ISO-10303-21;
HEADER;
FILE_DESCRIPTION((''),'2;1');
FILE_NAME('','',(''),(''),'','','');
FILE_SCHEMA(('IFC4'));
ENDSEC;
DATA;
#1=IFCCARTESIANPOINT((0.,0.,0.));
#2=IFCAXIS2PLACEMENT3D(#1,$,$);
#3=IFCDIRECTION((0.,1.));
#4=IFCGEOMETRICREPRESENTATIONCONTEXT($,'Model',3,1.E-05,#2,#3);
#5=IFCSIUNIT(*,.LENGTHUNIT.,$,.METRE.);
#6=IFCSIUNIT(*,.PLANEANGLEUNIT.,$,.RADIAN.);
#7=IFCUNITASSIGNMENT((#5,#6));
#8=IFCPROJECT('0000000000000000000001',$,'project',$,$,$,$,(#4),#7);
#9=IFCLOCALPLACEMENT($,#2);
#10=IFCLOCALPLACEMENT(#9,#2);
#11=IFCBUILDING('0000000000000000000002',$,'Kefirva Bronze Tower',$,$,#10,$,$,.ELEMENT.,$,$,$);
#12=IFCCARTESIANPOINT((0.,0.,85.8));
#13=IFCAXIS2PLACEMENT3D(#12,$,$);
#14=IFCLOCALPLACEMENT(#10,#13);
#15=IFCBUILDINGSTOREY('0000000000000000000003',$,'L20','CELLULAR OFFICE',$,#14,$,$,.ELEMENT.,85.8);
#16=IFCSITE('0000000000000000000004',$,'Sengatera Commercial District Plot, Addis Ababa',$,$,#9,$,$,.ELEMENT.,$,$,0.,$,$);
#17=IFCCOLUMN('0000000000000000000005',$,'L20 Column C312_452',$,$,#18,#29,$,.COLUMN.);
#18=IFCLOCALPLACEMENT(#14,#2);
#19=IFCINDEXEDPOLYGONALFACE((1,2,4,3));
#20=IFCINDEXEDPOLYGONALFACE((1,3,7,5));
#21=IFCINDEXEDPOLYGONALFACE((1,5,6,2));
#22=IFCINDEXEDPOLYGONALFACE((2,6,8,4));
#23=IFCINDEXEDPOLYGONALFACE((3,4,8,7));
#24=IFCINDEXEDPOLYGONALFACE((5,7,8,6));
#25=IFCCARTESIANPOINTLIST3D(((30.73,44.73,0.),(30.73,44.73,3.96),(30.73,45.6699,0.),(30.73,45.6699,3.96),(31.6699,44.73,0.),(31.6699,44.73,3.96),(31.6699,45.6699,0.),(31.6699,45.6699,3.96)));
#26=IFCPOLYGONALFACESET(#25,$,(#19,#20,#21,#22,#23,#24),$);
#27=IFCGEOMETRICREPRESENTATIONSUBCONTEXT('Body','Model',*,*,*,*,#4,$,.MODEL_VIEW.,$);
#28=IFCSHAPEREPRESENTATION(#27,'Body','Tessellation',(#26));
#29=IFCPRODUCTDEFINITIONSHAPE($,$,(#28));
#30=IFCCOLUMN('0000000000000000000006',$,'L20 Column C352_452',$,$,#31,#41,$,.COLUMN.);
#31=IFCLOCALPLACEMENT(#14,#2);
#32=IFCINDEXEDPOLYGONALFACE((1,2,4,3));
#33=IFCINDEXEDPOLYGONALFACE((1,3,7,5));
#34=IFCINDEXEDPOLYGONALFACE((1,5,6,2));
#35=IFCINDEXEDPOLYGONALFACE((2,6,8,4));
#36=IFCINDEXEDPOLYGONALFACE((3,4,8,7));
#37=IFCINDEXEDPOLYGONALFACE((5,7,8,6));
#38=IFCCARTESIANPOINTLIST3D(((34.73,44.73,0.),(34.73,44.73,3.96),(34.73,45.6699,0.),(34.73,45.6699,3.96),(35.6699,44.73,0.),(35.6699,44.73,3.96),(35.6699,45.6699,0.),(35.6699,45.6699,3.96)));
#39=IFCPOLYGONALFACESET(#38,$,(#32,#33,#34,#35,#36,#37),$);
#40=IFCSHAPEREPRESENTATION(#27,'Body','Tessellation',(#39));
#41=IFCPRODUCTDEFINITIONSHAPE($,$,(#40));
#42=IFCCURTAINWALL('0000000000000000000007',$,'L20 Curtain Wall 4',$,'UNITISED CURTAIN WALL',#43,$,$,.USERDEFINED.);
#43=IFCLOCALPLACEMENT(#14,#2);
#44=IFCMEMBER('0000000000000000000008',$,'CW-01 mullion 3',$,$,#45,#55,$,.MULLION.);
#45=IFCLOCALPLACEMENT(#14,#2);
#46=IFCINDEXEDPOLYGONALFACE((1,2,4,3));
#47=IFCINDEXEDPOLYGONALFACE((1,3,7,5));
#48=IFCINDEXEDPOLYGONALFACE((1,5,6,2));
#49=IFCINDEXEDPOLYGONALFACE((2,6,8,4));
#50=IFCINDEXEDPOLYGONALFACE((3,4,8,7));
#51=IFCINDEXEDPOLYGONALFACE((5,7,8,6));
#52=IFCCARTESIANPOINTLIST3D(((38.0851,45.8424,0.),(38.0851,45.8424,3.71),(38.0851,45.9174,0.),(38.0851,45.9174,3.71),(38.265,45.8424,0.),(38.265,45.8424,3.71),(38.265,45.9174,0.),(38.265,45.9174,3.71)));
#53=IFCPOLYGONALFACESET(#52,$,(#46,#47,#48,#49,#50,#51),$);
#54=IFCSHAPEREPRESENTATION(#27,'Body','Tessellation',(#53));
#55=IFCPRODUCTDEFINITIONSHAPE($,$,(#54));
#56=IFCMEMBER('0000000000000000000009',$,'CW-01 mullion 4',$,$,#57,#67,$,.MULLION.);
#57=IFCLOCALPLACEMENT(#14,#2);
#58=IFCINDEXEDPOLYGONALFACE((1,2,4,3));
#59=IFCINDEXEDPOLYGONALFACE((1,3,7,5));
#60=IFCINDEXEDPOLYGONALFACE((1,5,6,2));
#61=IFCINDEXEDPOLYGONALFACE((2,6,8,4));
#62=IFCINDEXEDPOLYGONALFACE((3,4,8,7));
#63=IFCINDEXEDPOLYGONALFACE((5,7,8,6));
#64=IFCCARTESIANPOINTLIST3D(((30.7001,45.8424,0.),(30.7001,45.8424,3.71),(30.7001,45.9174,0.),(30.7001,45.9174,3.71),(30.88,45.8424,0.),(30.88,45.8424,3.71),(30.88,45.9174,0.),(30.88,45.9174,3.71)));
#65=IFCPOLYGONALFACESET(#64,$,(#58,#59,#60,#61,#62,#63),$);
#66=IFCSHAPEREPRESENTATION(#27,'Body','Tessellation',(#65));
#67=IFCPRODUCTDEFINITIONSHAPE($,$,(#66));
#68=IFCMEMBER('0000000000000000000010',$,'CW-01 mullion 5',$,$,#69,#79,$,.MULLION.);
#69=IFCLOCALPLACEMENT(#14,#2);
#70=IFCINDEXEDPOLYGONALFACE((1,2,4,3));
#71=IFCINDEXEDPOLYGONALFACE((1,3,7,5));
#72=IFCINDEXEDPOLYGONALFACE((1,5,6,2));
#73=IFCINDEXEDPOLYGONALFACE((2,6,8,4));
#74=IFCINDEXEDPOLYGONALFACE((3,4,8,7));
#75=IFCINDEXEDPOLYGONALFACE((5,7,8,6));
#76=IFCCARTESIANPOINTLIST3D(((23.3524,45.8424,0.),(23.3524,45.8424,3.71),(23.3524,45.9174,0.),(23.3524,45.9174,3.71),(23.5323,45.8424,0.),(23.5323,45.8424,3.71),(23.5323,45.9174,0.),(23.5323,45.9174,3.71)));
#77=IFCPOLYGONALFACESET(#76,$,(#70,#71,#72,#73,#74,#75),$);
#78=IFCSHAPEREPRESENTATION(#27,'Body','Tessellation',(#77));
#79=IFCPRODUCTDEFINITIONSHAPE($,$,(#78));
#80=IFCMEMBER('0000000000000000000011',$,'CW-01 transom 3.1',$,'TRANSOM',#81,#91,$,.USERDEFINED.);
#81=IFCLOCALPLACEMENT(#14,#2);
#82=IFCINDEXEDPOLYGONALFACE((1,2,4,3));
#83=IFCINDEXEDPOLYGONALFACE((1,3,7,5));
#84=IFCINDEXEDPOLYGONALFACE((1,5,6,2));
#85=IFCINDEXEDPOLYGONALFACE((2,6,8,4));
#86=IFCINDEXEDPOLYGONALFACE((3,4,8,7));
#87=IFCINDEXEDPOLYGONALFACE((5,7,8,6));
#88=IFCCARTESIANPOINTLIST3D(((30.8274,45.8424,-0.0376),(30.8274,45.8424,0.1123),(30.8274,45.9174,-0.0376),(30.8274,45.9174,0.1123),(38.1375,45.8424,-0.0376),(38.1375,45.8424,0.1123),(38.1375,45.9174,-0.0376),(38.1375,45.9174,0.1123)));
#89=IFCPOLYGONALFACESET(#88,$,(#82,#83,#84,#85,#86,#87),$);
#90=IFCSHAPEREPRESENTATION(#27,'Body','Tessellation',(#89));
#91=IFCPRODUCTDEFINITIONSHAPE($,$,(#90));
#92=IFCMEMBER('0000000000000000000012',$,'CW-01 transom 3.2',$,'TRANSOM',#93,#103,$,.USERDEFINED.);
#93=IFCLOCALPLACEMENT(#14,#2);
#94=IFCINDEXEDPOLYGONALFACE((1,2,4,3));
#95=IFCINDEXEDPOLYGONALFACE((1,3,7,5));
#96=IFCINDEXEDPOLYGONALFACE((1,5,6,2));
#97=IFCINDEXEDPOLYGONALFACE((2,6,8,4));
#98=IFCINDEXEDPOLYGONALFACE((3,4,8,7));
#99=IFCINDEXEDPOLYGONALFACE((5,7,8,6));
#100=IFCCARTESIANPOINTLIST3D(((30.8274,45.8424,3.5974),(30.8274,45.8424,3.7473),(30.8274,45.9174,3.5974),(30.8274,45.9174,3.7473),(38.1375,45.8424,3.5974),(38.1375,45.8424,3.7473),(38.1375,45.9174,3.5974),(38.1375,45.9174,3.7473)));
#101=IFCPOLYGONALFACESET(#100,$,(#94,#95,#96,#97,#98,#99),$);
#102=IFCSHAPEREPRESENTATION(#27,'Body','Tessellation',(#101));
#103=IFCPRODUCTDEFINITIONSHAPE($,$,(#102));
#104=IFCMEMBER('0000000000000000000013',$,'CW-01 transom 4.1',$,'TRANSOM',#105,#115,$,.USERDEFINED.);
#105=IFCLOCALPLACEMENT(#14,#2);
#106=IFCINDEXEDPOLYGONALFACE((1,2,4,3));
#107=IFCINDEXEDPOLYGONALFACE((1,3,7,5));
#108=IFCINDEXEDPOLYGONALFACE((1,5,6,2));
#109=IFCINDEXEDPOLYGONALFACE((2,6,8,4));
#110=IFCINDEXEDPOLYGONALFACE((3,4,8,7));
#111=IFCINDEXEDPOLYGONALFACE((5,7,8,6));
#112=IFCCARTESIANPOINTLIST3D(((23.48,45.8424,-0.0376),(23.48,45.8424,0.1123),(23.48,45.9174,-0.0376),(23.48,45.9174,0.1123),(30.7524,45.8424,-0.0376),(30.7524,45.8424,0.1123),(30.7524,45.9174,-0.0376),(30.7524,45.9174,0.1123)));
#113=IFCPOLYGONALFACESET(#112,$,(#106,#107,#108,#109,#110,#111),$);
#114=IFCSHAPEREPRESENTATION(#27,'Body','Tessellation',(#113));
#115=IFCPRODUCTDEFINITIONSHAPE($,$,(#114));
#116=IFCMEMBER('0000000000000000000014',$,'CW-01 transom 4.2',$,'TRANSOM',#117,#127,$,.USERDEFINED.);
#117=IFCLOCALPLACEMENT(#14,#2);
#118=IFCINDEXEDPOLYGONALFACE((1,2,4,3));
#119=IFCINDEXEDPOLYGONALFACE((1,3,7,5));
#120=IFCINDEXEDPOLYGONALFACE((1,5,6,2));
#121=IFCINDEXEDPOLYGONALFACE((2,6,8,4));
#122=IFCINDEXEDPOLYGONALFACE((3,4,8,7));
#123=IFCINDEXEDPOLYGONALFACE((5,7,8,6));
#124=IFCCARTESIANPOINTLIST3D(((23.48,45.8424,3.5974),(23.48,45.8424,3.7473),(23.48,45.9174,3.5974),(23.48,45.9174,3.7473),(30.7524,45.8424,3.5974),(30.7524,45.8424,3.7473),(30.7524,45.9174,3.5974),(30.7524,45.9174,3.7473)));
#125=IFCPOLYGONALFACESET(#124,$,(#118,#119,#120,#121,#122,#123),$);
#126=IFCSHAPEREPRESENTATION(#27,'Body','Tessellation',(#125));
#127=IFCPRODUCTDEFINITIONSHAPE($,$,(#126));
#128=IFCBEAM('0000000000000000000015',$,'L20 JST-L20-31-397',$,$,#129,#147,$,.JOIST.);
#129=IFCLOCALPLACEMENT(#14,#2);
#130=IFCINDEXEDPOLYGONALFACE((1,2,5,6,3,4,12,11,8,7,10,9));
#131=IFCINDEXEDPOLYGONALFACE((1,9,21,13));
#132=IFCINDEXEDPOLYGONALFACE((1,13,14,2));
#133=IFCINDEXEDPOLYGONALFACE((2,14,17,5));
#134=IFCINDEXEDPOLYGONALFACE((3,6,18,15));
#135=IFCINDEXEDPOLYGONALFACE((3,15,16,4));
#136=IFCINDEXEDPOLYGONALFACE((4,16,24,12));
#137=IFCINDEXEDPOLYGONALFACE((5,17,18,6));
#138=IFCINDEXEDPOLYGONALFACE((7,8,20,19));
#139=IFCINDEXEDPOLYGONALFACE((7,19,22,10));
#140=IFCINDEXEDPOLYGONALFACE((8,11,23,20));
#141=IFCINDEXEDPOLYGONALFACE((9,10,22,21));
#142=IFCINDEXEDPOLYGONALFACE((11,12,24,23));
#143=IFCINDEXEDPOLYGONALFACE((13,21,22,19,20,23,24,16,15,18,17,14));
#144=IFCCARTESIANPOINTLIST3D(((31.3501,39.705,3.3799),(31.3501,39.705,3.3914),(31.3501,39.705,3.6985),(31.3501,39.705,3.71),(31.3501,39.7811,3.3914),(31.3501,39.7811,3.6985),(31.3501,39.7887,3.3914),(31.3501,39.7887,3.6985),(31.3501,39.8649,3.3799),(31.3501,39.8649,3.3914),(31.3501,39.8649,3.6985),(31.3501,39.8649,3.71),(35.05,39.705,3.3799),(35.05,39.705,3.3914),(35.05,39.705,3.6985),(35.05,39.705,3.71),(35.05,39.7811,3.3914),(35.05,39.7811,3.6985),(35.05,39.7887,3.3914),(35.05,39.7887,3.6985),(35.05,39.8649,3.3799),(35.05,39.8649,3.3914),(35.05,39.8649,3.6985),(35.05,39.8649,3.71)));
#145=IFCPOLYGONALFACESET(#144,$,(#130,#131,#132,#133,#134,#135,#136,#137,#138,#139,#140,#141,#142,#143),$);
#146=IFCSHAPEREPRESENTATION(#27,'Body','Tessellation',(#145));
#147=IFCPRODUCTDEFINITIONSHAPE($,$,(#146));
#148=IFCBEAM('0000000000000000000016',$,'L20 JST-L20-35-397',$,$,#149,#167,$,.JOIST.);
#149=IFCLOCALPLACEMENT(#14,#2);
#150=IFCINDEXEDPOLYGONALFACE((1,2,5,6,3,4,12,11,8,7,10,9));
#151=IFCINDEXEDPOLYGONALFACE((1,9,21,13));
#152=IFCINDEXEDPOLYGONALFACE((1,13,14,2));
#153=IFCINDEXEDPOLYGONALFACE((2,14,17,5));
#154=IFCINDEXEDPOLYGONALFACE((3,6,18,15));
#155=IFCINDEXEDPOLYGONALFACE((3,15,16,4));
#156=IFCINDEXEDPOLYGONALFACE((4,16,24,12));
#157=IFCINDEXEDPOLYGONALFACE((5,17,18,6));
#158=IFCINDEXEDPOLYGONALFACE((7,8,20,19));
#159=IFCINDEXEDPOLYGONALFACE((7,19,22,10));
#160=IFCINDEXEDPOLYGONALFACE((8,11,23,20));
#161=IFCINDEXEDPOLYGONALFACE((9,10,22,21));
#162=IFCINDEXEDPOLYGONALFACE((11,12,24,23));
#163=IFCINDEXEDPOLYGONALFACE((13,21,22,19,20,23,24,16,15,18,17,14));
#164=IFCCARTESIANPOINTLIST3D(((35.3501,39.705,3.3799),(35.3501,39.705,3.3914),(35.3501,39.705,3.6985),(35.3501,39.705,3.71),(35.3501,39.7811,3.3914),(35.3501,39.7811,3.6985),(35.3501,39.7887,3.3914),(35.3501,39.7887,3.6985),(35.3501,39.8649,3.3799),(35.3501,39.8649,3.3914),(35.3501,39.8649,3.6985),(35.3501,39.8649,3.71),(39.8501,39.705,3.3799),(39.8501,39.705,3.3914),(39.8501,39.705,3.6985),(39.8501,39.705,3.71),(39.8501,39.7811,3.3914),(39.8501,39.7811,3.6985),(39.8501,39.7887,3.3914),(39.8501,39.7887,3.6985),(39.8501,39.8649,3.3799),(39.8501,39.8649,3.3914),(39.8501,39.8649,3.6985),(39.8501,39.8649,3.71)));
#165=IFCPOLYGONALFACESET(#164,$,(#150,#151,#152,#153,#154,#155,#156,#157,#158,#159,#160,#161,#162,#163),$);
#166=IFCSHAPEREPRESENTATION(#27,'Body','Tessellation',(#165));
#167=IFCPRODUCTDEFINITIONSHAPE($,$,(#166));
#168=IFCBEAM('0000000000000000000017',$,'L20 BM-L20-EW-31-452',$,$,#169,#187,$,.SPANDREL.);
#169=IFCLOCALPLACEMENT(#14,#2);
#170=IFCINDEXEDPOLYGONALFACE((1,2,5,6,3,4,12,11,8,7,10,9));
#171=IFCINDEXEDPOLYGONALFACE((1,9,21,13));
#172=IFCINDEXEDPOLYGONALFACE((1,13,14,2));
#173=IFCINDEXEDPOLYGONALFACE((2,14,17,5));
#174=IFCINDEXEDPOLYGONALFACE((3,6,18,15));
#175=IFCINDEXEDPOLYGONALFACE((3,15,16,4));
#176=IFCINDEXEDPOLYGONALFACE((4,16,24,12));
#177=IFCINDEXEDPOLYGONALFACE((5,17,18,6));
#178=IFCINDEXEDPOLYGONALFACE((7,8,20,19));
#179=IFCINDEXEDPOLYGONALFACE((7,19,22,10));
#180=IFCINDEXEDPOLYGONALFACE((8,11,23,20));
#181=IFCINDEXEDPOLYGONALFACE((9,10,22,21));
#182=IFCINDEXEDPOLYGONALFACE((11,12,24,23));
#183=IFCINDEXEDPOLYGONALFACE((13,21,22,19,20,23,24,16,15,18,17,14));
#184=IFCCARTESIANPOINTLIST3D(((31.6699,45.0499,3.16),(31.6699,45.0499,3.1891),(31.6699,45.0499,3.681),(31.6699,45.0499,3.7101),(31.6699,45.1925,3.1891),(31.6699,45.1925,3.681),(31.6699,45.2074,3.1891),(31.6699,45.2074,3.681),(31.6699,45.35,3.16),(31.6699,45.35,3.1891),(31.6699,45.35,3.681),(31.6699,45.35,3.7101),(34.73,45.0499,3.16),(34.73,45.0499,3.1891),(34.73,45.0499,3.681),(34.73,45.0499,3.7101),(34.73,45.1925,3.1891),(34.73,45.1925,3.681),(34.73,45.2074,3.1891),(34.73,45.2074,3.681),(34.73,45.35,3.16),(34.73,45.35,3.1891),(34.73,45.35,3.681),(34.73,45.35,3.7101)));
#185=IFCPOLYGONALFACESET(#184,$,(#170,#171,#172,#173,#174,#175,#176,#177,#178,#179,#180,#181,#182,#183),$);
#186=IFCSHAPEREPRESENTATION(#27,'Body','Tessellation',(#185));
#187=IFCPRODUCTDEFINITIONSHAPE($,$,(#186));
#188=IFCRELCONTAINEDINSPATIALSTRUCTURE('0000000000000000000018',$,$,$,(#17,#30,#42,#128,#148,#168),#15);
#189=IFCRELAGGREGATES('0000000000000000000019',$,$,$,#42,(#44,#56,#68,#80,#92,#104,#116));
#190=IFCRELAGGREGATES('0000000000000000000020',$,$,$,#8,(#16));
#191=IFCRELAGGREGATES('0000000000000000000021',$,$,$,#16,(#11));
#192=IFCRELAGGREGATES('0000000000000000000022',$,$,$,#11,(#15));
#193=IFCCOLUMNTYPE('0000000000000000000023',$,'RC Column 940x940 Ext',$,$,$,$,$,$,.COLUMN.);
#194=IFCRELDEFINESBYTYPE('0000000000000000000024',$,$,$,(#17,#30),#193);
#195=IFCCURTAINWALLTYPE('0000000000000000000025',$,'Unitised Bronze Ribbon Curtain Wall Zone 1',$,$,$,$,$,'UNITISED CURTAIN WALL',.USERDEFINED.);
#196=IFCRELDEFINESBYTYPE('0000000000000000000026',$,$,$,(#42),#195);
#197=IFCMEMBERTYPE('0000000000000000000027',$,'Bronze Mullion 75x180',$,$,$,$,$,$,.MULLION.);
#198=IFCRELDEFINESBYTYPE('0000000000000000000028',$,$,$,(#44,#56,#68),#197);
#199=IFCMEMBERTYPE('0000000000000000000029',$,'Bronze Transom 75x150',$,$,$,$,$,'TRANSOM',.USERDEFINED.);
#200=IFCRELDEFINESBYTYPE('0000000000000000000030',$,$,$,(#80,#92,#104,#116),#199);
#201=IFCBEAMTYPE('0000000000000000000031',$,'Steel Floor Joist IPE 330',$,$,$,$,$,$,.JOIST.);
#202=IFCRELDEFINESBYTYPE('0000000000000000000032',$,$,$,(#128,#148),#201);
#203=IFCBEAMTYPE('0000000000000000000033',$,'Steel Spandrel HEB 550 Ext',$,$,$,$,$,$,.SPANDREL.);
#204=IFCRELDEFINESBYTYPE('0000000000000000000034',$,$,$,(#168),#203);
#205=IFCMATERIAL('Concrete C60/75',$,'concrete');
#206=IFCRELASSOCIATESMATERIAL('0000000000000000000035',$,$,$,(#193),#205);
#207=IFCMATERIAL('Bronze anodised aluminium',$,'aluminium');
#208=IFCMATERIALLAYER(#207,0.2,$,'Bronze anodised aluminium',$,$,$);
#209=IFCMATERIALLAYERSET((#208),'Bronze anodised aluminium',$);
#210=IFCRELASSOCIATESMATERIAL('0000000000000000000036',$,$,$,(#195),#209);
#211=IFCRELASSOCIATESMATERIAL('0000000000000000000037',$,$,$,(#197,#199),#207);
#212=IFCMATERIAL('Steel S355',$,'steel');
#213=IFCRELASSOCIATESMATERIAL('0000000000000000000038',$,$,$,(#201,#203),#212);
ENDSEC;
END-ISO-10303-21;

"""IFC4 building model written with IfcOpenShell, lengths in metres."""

from ifc_helpers import new_model, si_unit, direction, frame, origin, origin_2d, place, context, subcontext, project, spatial, rectangle, i_section, extrude, material, layer, layer_set, material_profile, profile_set, type_object, element, aggregate, save


model = new_model("IFC4")

# Units and contexts
model_context = context("Model", 3, precision=1e-05, world=origin(), true_north=direction((0.0, 1.0)))
body_context = subcontext(model_context, "Body", "Model", "MODEL_VIEW")
ifc_project = project(units=[si_unit("LENGTHUNIT", "METRE"), si_unit("PLANEANGLEUNIT", "RADIAN")], contexts=[model_context])

# Site, building, storey
site_placement = place(None, origin())
site = spatial("IfcSite", under=ifc_project, at=site_placement, Name="Sengatera Commercial District Plot, Addis Ababa", CompositionType="ELEMENT", RefElevation=0.0)
building_placement = place(site_placement, origin())
building = spatial("IfcBuilding", under=site, at=building_placement, Name="Kefirva Bronze Tower", CompositionType="ELEMENT")
storey_placement = place(building_placement, frame((0.0, 0.0, 85.8)))
storey = spatial("IfcBuildingStorey", under=building, at=storey_placement, Name="L20", Description="CELLULAR OFFICE", CompositionType="ELEMENT", Elevation=85.8)

# Columns
ifc_material_1 = material(Name="Concrete C60/75", Category="concrete")
ifc_material_profile_1 = material_profile(ifc_material_1, rectangle(XDim=0.9399, YDim=0.9399, at=origin_2d()), Name="RC 940x940")
ifc_profile_set_1 = profile_set([ifc_material_profile_1], Name="Concrete C60/75")
column_type = type_object("IfcColumnType", Name="RC Column 940x940 Ext", PredefinedType="COLUMN", material=ifc_profile_set_1)
for number, where, z_axis, x_axis, name in (
    (1, (31.2, 45.2, 0.0), (0.0, 0.0, 1.0), (1.0, 0.0, 0.0), "L20 Column C312_452"),
    (2, (35.2, 45.2, 0.0), (0.0, 0.0, 1.0), (1.0, 0.0, 0.0), "L20 Column C352_452"),
):
    element("IfcColumn", number, at=place(storey_placement, frame(where, z_axis=z_axis, x_axis=x_axis)), inside=storey, type_object=column_type, Name=name, PredefinedType="COLUMN", context=body_context, shape_type="SweptSolid", body=[
        extrude(rectangle(XDim=0.9399, YDim=0.9399, at=origin_2d()), origin(), (0.0, 0.0, 1.0), 3.96),
    ])

# Curtain wall, members
ifc_material_2 = material(Name="Bronze anodised aluminium", Category="aluminium")
ifc_layer_1 = layer(ifc_material_2, 0.2, Name="Bronze anodised aluminium")
ifc_layer_set_1 = layer_set([ifc_layer_1], Name="Bronze anodised aluminium")
curtain_wall_type = type_object("IfcCurtainWallType", Name="Unitised Bronze Ribbon Curtain Wall Zone 1", ElementType="UNITISED CURTAIN WALL", PredefinedType="USERDEFINED", material=ifc_layer_set_1)
curtain_wall_placement = place(storey_placement, origin())
curtain_wall = element("IfcCurtainWall", 3, at=curtain_wall_placement, inside=storey, type_object=curtain_wall_type, Name="L20 Curtain Wall 4", ObjectType="UNITISED CURTAIN WALL", PredefinedType="USERDEFINED")
ifc_material_profile_2 = material_profile(ifc_material_2, rectangle(XDim=0.075, YDim=0.1799, at=origin_2d()), Name="ALU 75x180")
ifc_profile_set_2 = profile_set([ifc_material_profile_2], Name="Bronze anodised aluminium")
member_type_1 = type_object("IfcMemberType", Name="Bronze Mullion 75x180", PredefinedType="MULLION", material=ifc_profile_set_2)
member_1_placement = place(storey_placement, frame((38.175, 45.8799, 0.0), z_axis=(0.0, 0.0, 1.0), x_axis=(0.0, -1.0, 0.0)))
member_1 = element("IfcMember", 4, at=member_1_placement, type_object=member_type_1, Name="CW-01 mullion 3", PredefinedType="MULLION", context=body_context, shape_type="SweptSolid", body=[
    extrude(rectangle(XDim=0.075, YDim=0.1799, at=origin_2d()), origin(), (0.0, 0.0, 1.0), 3.71),
])
member_2_placement = place(storey_placement, frame((30.79, 45.8799, 0.0), z_axis=(0.0, 0.0, 1.0), x_axis=(0.0, -1.0, 0.0)))
member_2 = element("IfcMember", 5, at=member_2_placement, type_object=member_type_1, Name="CW-01 mullion 4", PredefinedType="MULLION", context=body_context, shape_type="SweptSolid", body=[
    extrude(rectangle(XDim=0.075, YDim=0.1799, at=origin_2d()), origin(), (0.0, 0.0, 1.0), 3.71),
])
member_3_placement = place(storey_placement, frame((23.4424, 45.8799, 0.0), z_axis=(0.0, 0.0, 1.0), x_axis=(0.0, -1.0, 0.0)))
member_3 = element("IfcMember", 6, at=member_3_placement, type_object=member_type_1, Name="CW-01 mullion 5", PredefinedType="MULLION", context=body_context, shape_type="SweptSolid", body=[
    extrude(rectangle(XDim=0.075, YDim=0.1799, at=origin_2d()), origin(), (0.0, 0.0, 1.0), 3.71),
])
ifc_material_profile_3 = material_profile(ifc_material_2, rectangle(XDim=0.075, YDim=0.1499, at=origin_2d()), Name="ALU 75x150")
ifc_profile_set_3 = profile_set([ifc_material_profile_3], Name="Bronze anodised aluminium")
member_type_2 = type_object("IfcMemberType", Name="Bronze Transom 75x150", ElementType="TRANSOM", PredefinedType="USERDEFINED", material=ifc_profile_set_3)
member_4_placement = place(storey_placement, frame((38.1375, 45.8799, 0.0374), z_axis=(-1.0, 0.0, 0.0), x_axis=(0.0, -1.0, 0.0)))
member_4 = element("IfcMember", 7, at=member_4_placement, type_object=member_type_2, Name="CW-01 transom 3.1", ObjectType="TRANSOM", PredefinedType="USERDEFINED", context=body_context, shape_type="SweptSolid", body=[
    extrude(rectangle(XDim=0.075, YDim=0.1499, at=origin_2d()), origin(), (0.0, 0.0, 1.0), 7.3101),
])
member_5_placement = place(storey_placement, frame((38.1375, 45.8799, 3.6724), z_axis=(-1.0, 0.0, 0.0), x_axis=(0.0, -1.0, 0.0)))
member_5 = element("IfcMember", 8, at=member_5_placement, type_object=member_type_2, Name="CW-01 transom 3.2", ObjectType="TRANSOM", PredefinedType="USERDEFINED", context=body_context, shape_type="SweptSolid", body=[
    extrude(rectangle(XDim=0.075, YDim=0.1499, at=origin_2d()), origin(), (0.0, 0.0, 1.0), 7.3101),
])
member_6_placement = place(storey_placement, frame((30.7524, 45.8799, 0.0374), z_axis=(-1.0, 0.0, 0.0), x_axis=(0.0, -1.0, 0.0)))
member_6 = element("IfcMember", 9, at=member_6_placement, type_object=member_type_2, Name="CW-01 transom 4.1", ObjectType="TRANSOM", PredefinedType="USERDEFINED", context=body_context, shape_type="SweptSolid", body=[
    extrude(rectangle(XDim=0.075, YDim=0.1499, at=origin_2d()), origin(), (0.0, 0.0, 1.0), 7.2725),
])
member_7_placement = place(storey_placement, frame((30.7524, 45.8799, 3.6724), z_axis=(-1.0, 0.0, 0.0), x_axis=(0.0, -1.0, 0.0)))
member_7 = element("IfcMember", 10, at=member_7_placement, type_object=member_type_2, Name="CW-01 transom 4.2", ObjectType="TRANSOM", PredefinedType="USERDEFINED", context=body_context, shape_type="SweptSolid", body=[
    extrude(rectangle(XDim=0.075, YDim=0.1499, at=origin_2d()), origin(), (0.0, 0.0, 1.0), 7.2725),
])

# Beams
ifc_material_3 = material(Name="Steel S355", Category="steel")
ifc_material_profile_4 = material_profile(ifc_material_3, i_section(OverallWidth=0.1599, OverallDepth=0.3301, WebThickness=0.0076, FlangeThickness=0.0115, at=origin_2d()), Name="IPE 330")
ifc_profile_set_4 = profile_set([ifc_material_profile_4], Name="Steel S355")
beam_type_1 = type_object("IfcBeamType", Name="Steel Floor Joist IPE 330", PredefinedType="JOIST", material=ifc_profile_set_4)
beam_1_placement = place(storey_placement, frame((31.3501, 39.7849, 3.5449), z_axis=(1.0, 0.0, 0.0), x_axis=(0.0, 1.0, 0.0)))
element("IfcBeam", 11, at=beam_1_placement, inside=storey, type_object=beam_type_1, Name="L20 JST-L20-31-397", PredefinedType="JOIST", context=body_context, shape_type="SweptSolid", body=[
    extrude(i_section(OverallWidth=0.1599, OverallDepth=0.3301, WebThickness=0.0076, FlangeThickness=0.0115, at=origin_2d()), origin(), (0.0, 0.0, 1.0), 3.7),
])
beam_2_placement = place(storey_placement, frame((35.3501, 39.7849, 3.5449), z_axis=(1.0, 0.0, 0.0), x_axis=(0.0, 1.0, 0.0)))
element("IfcBeam", 12, at=beam_2_placement, inside=storey, type_object=beam_type_1, Name="L20 JST-L20-35-397", PredefinedType="JOIST", context=body_context, shape_type="SweptSolid", body=[
    extrude(i_section(OverallWidth=0.1599, OverallDepth=0.3301, WebThickness=0.0076, FlangeThickness=0.0115, at=origin_2d()), origin(), (0.0, 0.0, 1.0), 4.5),
])
ifc_material_profile_5 = material_profile(ifc_material_3, i_section(OverallWidth=0.3, OverallDepth=0.55, WebThickness=0.0149, FlangeThickness=0.0291, at=origin_2d()), Name="HEB 550")
ifc_profile_set_5 = profile_set([ifc_material_profile_5], Name="Steel S355")
beam_type_2 = type_object("IfcBeamType", Name="Steel Spandrel HEB 550 Ext", PredefinedType="SPANDREL", material=ifc_profile_set_5)
beam_3_placement = place(storey_placement, frame((31.6699, 45.2, 3.4351), z_axis=(1.0, 0.0, 0.0), x_axis=(0.0, 1.0, 0.0)))
element("IfcBeam", 13, at=beam_3_placement, inside=storey, type_object=beam_type_2, Name="L20 BM-L20-EW-31-452", PredefinedType="SPANDREL", context=body_context, shape_type="SweptSolid", body=[
    extrude(i_section(OverallWidth=0.3, OverallDepth=0.55, WebThickness=0.0149, FlangeThickness=0.0291, at=origin_2d()), origin(), (0.0, 0.0, 1.0), 3.0601),
])

aggregate(curtain_wall, [member_1, member_2, member_3, member_4, member_5, member_6, member_7])

save(model, "model.ifc")
